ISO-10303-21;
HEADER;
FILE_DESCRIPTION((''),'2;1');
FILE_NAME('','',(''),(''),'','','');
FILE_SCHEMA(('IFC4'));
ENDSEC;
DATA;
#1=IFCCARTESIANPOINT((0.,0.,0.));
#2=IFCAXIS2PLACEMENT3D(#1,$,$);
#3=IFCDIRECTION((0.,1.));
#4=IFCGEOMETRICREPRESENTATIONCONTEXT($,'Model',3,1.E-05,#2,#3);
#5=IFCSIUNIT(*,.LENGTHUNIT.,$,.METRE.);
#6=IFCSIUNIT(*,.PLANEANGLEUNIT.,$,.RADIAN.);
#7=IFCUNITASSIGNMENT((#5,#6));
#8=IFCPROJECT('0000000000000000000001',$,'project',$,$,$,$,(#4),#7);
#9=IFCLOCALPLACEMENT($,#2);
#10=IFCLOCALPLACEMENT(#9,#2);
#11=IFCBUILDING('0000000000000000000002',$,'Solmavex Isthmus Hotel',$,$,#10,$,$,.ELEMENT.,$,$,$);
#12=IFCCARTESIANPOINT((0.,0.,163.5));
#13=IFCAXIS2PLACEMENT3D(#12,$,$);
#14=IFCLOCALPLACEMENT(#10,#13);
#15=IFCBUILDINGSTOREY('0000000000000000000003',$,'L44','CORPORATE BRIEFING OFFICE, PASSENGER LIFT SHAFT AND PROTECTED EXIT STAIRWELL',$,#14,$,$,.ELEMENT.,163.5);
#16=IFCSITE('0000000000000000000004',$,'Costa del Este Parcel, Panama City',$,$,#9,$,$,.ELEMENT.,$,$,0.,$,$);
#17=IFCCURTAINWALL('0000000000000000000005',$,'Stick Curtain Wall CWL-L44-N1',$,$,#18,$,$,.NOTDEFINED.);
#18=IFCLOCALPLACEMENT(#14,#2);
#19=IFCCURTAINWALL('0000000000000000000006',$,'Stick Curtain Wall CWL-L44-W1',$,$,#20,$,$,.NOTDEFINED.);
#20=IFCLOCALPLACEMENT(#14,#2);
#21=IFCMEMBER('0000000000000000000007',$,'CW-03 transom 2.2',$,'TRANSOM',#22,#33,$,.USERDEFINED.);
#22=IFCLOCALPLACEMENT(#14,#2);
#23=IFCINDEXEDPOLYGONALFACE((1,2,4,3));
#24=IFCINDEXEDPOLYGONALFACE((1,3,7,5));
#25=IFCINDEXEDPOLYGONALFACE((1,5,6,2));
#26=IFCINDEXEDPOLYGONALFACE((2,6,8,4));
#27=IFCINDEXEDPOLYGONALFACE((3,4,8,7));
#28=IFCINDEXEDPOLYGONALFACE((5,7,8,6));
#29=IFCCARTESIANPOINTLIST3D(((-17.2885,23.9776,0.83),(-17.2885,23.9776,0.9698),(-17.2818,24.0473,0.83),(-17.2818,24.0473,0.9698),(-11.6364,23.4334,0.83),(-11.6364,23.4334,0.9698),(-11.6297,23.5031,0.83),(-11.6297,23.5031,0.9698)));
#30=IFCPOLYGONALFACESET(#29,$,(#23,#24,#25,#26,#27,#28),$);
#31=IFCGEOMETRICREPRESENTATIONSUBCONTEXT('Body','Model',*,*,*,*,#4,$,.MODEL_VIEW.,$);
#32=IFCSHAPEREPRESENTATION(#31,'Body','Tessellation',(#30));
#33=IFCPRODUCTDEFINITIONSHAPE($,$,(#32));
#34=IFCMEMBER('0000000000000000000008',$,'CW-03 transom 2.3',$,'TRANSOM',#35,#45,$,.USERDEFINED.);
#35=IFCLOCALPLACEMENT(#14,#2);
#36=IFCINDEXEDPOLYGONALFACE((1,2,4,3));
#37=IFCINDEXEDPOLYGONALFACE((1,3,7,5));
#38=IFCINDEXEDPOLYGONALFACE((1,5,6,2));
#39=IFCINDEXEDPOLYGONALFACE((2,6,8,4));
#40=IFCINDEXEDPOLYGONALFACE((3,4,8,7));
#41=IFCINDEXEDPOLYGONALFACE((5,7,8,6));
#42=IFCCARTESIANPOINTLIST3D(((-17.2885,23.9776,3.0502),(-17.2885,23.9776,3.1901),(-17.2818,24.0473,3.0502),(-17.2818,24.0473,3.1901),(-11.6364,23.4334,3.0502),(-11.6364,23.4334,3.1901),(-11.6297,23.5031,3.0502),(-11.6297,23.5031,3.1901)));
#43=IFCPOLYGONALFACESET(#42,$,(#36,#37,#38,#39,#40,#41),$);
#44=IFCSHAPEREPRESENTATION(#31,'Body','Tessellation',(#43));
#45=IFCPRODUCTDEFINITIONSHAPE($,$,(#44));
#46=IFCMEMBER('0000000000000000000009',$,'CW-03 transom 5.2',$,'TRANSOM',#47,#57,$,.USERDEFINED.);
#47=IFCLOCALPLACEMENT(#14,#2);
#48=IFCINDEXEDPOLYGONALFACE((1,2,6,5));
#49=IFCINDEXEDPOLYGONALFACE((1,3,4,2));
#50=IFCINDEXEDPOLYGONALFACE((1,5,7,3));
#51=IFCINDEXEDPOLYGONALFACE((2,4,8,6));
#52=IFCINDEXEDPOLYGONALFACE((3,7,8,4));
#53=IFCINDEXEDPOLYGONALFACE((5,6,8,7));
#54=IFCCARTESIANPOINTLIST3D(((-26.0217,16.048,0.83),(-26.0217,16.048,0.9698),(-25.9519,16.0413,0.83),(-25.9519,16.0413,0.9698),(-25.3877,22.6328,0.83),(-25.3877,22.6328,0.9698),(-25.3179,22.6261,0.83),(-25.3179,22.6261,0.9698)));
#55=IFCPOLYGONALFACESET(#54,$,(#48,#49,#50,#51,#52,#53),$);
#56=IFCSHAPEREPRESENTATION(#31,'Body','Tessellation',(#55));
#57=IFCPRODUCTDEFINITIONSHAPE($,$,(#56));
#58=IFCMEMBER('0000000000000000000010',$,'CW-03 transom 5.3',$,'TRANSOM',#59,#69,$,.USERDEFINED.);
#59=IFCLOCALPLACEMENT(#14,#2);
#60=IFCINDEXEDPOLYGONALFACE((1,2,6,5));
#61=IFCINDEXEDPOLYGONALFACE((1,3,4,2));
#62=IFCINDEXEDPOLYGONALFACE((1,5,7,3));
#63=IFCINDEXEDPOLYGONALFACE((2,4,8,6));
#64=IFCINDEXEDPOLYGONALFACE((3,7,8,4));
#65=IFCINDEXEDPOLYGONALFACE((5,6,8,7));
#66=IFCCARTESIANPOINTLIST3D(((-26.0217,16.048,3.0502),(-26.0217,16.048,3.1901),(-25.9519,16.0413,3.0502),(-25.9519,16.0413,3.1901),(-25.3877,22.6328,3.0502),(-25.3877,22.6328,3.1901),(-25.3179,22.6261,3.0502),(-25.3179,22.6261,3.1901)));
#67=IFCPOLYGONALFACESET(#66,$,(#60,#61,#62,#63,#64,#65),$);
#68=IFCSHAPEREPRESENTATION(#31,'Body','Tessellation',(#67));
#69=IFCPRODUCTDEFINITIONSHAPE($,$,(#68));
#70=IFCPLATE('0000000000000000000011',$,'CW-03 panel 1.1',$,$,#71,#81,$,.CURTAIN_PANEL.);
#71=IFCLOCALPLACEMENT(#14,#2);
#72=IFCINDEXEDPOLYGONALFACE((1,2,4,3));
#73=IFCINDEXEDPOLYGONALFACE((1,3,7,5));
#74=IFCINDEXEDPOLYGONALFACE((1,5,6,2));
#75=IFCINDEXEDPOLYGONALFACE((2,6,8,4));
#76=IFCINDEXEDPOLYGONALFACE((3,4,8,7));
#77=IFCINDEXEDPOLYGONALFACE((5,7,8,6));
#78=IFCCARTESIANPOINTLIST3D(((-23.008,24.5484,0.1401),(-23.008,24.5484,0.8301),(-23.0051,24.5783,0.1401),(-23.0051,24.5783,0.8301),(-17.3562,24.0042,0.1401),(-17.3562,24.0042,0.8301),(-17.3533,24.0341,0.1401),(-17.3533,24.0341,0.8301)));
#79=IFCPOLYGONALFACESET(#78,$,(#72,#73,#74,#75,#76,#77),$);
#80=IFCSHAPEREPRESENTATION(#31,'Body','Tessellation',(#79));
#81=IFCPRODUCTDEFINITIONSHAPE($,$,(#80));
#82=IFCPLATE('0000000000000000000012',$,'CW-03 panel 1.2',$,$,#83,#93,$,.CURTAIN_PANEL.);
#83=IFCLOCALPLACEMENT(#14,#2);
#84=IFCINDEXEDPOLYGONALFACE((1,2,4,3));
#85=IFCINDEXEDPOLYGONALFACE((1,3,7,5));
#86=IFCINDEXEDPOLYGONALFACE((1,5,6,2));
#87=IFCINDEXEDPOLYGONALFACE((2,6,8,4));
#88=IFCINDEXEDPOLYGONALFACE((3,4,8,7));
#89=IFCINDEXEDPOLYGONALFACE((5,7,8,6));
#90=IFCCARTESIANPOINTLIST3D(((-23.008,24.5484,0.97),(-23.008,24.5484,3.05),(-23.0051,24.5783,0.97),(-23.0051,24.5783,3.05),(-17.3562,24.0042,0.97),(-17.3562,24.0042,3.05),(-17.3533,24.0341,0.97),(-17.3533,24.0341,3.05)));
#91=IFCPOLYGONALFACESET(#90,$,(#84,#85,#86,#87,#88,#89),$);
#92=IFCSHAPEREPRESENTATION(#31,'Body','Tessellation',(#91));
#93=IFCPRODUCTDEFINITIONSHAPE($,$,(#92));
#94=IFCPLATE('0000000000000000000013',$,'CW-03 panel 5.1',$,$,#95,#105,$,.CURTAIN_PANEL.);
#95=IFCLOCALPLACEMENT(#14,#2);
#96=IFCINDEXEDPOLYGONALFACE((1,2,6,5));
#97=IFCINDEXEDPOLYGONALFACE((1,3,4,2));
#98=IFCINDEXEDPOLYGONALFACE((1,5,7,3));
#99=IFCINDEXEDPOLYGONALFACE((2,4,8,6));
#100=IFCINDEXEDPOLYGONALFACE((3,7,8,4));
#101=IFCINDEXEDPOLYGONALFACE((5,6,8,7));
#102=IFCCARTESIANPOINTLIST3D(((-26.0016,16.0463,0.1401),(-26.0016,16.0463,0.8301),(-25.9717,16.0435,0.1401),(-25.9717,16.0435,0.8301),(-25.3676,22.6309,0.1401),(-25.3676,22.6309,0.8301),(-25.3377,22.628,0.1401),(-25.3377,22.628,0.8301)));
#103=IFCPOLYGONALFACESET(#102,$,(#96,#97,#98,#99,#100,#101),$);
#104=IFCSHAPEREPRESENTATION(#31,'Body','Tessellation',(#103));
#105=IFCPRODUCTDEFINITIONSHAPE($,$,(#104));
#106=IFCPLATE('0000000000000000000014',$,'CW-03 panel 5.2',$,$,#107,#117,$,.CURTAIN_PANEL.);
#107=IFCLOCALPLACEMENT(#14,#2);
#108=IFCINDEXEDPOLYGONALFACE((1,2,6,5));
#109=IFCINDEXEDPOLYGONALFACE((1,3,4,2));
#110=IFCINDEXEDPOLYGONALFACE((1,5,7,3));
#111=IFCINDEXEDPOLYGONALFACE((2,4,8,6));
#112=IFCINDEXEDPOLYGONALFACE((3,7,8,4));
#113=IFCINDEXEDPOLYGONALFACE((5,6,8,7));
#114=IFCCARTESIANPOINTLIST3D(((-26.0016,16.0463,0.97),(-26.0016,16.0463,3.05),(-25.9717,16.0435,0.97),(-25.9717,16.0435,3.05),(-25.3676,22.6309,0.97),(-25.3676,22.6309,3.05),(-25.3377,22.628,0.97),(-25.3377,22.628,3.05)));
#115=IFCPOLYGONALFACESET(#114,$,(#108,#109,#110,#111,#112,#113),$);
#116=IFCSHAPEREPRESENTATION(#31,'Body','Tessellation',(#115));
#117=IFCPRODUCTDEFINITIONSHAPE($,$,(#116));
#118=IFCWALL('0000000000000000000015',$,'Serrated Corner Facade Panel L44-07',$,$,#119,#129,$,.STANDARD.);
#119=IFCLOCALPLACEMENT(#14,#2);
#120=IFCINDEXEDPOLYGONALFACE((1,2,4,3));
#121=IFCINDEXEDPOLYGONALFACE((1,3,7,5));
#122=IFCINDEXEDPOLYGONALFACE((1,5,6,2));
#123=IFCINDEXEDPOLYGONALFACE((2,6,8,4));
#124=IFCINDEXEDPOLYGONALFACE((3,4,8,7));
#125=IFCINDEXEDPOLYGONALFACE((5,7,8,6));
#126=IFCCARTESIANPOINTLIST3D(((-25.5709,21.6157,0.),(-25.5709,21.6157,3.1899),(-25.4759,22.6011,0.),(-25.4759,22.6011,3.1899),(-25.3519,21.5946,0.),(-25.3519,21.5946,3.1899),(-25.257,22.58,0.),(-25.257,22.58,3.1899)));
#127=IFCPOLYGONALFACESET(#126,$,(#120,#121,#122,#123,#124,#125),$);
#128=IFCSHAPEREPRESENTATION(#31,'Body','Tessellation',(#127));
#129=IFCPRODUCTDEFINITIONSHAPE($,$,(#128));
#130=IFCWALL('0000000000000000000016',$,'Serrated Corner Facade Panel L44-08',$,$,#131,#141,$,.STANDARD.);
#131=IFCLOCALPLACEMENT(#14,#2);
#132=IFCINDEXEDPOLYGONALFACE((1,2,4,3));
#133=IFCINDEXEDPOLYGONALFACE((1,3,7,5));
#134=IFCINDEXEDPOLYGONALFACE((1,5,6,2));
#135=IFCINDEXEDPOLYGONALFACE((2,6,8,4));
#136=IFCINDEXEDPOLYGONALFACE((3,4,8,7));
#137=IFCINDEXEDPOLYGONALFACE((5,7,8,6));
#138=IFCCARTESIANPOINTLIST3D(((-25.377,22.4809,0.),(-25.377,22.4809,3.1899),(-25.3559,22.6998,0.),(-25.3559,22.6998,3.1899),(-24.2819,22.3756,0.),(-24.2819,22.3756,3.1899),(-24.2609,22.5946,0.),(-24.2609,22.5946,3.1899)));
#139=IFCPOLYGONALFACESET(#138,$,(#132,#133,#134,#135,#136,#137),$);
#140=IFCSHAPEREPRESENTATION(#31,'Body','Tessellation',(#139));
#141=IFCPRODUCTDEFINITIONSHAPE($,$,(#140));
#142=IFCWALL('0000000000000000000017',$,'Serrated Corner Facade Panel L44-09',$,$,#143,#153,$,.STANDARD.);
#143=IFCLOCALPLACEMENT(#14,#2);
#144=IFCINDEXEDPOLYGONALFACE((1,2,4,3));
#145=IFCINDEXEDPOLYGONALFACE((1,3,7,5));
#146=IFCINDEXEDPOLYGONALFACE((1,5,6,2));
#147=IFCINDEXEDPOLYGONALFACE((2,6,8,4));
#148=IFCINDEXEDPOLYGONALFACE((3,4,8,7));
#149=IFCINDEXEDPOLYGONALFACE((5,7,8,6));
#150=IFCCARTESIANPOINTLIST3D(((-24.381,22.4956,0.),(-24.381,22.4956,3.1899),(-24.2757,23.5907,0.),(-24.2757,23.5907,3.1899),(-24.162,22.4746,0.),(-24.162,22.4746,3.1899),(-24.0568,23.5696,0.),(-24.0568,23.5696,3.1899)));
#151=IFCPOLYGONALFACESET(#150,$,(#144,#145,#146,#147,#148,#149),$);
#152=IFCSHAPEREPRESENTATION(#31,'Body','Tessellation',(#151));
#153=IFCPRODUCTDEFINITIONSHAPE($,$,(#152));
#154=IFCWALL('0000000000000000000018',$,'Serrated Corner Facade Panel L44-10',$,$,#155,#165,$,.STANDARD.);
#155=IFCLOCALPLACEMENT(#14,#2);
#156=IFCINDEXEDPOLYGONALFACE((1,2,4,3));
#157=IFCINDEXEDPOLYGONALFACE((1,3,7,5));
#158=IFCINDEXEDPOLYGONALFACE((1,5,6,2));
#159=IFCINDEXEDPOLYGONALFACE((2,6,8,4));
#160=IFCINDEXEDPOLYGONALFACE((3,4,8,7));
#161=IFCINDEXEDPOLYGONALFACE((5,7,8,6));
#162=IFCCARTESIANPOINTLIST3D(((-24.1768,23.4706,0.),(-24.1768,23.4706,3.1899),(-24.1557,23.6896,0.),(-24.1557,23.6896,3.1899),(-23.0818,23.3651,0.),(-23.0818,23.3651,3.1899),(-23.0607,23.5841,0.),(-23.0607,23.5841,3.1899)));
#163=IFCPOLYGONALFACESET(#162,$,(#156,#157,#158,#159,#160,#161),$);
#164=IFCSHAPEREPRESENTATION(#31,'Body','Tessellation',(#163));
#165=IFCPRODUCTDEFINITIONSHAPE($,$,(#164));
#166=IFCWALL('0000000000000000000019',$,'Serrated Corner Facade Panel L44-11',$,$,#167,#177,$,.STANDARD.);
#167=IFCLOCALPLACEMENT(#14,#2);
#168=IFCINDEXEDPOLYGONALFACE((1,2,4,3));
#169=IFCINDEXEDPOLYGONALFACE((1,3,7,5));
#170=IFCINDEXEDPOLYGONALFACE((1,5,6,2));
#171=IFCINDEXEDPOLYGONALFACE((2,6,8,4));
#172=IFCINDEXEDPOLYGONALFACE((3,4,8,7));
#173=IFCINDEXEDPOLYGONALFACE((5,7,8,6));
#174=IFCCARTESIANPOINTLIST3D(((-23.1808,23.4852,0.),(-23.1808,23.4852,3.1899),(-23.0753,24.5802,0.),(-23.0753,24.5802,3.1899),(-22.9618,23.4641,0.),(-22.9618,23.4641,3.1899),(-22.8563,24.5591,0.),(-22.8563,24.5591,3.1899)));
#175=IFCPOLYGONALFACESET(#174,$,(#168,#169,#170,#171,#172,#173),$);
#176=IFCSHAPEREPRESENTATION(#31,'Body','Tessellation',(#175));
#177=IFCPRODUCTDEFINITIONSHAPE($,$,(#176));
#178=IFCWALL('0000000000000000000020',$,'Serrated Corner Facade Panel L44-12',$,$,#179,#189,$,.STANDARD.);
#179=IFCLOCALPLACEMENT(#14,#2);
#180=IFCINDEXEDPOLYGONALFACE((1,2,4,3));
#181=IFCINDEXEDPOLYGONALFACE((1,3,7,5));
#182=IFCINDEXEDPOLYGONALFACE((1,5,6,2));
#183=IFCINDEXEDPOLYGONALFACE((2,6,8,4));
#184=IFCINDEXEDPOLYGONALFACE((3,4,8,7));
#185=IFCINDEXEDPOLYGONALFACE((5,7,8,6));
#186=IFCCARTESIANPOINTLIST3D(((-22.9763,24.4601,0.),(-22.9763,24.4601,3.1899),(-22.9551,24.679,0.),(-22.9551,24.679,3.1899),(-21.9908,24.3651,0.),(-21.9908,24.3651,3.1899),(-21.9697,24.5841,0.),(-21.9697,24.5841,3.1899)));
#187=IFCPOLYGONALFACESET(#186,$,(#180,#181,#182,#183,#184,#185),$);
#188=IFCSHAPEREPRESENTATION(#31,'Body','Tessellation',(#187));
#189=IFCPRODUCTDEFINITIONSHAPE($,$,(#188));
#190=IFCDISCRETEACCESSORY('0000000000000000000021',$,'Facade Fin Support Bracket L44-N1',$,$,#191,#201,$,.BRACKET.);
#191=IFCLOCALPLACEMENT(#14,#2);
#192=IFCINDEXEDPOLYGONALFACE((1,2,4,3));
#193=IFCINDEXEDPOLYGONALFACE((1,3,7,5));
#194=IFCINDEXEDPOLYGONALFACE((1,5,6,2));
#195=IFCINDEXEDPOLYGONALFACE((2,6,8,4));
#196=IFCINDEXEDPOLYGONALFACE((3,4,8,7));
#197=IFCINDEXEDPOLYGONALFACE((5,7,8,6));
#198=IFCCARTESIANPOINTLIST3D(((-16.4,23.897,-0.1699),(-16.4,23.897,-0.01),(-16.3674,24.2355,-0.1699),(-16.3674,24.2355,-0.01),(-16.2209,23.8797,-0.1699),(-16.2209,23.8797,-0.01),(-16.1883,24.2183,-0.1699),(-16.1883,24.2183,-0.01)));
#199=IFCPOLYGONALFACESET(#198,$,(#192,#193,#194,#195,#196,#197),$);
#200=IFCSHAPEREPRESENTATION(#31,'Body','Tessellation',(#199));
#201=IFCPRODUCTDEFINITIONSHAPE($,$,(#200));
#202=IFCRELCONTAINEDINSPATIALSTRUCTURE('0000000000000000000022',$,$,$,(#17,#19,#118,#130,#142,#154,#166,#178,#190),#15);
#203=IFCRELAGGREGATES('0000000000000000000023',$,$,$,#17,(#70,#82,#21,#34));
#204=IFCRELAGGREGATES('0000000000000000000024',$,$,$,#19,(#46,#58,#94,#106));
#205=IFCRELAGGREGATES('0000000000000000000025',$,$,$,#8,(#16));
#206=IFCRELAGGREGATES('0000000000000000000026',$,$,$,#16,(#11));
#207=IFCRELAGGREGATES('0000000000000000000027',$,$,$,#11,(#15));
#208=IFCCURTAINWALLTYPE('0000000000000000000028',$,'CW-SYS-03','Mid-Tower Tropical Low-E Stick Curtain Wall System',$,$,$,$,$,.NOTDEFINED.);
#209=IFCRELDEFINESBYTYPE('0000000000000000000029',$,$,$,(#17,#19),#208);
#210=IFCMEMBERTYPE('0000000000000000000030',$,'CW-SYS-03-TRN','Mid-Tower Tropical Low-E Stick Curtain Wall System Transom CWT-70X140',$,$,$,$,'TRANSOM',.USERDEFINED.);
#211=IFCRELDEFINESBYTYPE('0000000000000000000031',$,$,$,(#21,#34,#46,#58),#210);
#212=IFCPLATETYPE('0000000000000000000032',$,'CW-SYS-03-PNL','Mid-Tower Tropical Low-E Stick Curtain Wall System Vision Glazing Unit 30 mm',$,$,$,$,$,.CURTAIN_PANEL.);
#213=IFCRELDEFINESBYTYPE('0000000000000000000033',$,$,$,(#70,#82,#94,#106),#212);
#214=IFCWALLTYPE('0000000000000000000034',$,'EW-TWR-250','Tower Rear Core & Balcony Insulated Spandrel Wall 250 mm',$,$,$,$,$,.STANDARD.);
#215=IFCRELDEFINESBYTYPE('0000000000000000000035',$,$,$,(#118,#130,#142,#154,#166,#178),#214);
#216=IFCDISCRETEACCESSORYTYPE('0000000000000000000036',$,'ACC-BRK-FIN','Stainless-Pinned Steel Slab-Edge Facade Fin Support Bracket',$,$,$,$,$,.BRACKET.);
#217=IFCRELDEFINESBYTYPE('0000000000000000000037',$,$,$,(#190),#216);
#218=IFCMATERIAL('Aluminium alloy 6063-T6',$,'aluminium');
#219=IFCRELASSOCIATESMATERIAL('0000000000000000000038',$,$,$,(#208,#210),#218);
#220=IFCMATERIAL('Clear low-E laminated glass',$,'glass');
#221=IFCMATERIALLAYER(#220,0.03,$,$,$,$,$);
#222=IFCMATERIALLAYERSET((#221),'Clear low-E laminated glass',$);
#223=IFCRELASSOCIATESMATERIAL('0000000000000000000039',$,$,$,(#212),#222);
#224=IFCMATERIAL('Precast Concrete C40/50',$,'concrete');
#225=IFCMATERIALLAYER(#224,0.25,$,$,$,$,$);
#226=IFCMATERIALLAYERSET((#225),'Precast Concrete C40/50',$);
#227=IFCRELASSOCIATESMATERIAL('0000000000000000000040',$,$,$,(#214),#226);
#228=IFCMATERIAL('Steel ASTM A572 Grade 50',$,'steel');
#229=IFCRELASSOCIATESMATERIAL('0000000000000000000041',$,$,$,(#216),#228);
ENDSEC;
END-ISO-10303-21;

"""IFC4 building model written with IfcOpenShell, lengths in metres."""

from ifc_helpers import new_model, si_unit, direction, frame, frame_2d, origin, origin_2d, place, context, subcontext, project, spatial, rectangle, extrude, material, layer, layer_set, material_profile, profile_set, type_object, element, aggregate, save


model = new_model("IFC4")

# Units and contexts
model_context = context("Model", 3, precision=1e-05, world=origin(), true_north=direction((0.0, 1.0)))
body_context = subcontext(model_context, "Body", "Model", "MODEL_VIEW")
ifc_project = project(units=[si_unit("LENGTHUNIT", "METRE"), si_unit("PLANEANGLEUNIT", "RADIAN")], contexts=[model_context])

# Site, building, storey
site_placement = place(None, origin())
site = spatial("IfcSite", under=ifc_project, at=site_placement, Name="Costa del Este Parcel, Panama City", CompositionType="ELEMENT", RefElevation=0.0)
building_placement = place(site_placement, origin())
building = spatial("IfcBuilding", under=site, at=building_placement, Name="Solmavex Isthmus Hotel", CompositionType="ELEMENT")
storey_placement = place(building_placement, frame((0.0, 0.0, 163.5)))
storey = spatial("IfcBuildingStorey", under=building, at=storey_placement, Name="L44", Description="CORPORATE BRIEFING OFFICE, PASSENGER LIFT SHAFT AND PROTECTED EXIT STAIRWELL", CompositionType="ELEMENT", Elevation=163.5)

# Curtain wall
ifc_material_1 = material(Name="Aluminium alloy 6063-T6", Category="aluminium")
curtain_wall_type = type_object("IfcCurtainWallType", Name="CW-SYS-03", Description="Mid-Tower Tropical Low-E Stick Curtain Wall System", PredefinedType="NOTDEFINED", material=ifc_material_1)
curtain_wall_1_placement = place(storey_placement, origin())
curtain_wall_1 = element("IfcCurtainWall", 1, at=curtain_wall_1_placement, inside=storey, type_object=curtain_wall_type, Name="Stick Curtain Wall CWL-L44-N1", PredefinedType="NOTDEFINED")

# Curtain wall
curtain_wall_2_placement = place(storey_placement, origin())
curtain_wall_2 = element("IfcCurtainWall", 2, at=curtain_wall_2_placement, inside=storey, type_object=curtain_wall_type, Name="Stick Curtain Wall CWL-L44-W1", PredefinedType="NOTDEFINED")

# Members
ifc_material_profile_1 = material_profile(ifc_material_1, rectangle(XDim=0.0701, YDim=0.1399, at=origin_2d()), Name="CWT-70X140")
ifc_profile_set_1 = profile_set([ifc_material_profile_1], Name="Aluminium alloy 6063-T6")
member_type_1 = type_object("IfcMemberType", Name="CW-SYS-03-TRN", Description="Mid-Tower Tropical Low-E Stick Curtain Wall System Transom CWT-70X140", ElementType="TRANSOM", PredefinedType="USERDEFINED", material=ifc_profile_set_1)
member_1_placement = place(storey_placement, frame((-17.2852, 24.0125, 0.8999), z_axis=(0.995397, -0.095838, 0.0), x_axis=(0.095838, 0.995397, 0.0)))
member_1 = element("IfcMember", 3, at=member_1_placement, type_object=member_type_1, Name="CW-03 transom 2.2", ObjectType="TRANSOM", PredefinedType="USERDEFINED", context=body_context, shape_type="SweptSolid", body=[
    extrude(rectangle(XDim=0.0701, YDim=0.1399, at=origin_2d()), origin(), (0.0, 0.0, 1.0), 5.6782),
])
member_2_placement = place(storey_placement, frame((-17.2852, 24.0125, 3.1201), z_axis=(0.995397, -0.095838, 0.0), x_axis=(0.095838, 0.995397, 0.0)))
member_2 = element("IfcMember", 4, at=member_2_placement, type_object=member_type_1, Name="CW-03 transom 2.3", ObjectType="TRANSOM", PredefinedType="USERDEFINED", context=body_context, shape_type="SweptSolid", body=[
    extrude(rectangle(XDim=0.0701, YDim=0.1399, at=origin_2d()), origin(), (0.0, 0.0, 1.0), 5.6782),
])
member_3_placement = place(storey_placement, frame((-25.9868, 16.0447, 0.8999), z_axis=(0.095845, 0.995396, 0.0), x_axis=(-0.995396, 0.095845, 0.0)))
member_3 = element("IfcMember", 5, at=member_3_placement, type_object=member_type_1, Name="CW-03 transom 5.2", ObjectType="TRANSOM", PredefinedType="USERDEFINED", context=body_context, shape_type="SweptSolid", body=[
    extrude(rectangle(XDim=0.0701, YDim=0.1399, at=origin_2d()), origin(), (0.0, 0.0, 1.0), 6.6152),
])
member_4_placement = place(storey_placement, frame((-25.9868, 16.0447, 3.1201), z_axis=(0.095845, 0.995396, 0.0), x_axis=(-0.995396, 0.095845, 0.0)))
member_4 = element("IfcMember", 6, at=member_4_placement, type_object=member_type_1, Name="CW-03 transom 5.3", ObjectType="TRANSOM", PredefinedType="USERDEFINED", context=body_context, shape_type="SweptSolid", body=[
    extrude(rectangle(XDim=0.0701, YDim=0.1399, at=origin_2d()), origin(), (0.0, 0.0, 1.0), 6.6152),
])

# Plates
ifc_material_2 = material(Name="Clear low-E laminated glass", Category="glass")
ifc_layer_1 = layer(ifc_material_2, 0.03)
ifc_layer_set_1 = layer_set([ifc_layer_1], Name="Clear low-E laminated glass")
plate_type = type_object("IfcPlateType", Name="CW-SYS-03-PNL", Description="Mid-Tower Tropical Low-E Stick Curtain Wall System Vision Glazing Unit 30 mm", PredefinedType="CURTAIN_PANEL", material=ifc_layer_set_1)
plate_1_placement = place(storey_placement, frame((-20.1807, 24.2913, 0.1401), z_axis=(0.0, 0.0, 1.0), x_axis=(0.995396, -0.095846, 0.0)))
plate_1 = element("IfcPlate", 7, at=plate_1_placement, type_object=plate_type, Name="CW-03 panel 1.1", PredefinedType="CURTAIN_PANEL", context=body_context, shape_type="SweptSolid", body=[
    extrude(rectangle(XDim=5.678, YDim=0.03, at=origin_2d()), origin(), (0.0, 0.0, 1.0), 0.6899),
])
plate_2_placement = place(storey_placement, frame((-20.1807, 24.2913, 0.97), z_axis=(0.0, 0.0, 1.0), x_axis=(0.995396, -0.095846, 0.0)))
plate_2 = element("IfcPlate", 8, at=plate_2_placement, type_object=plate_type, Name="CW-03 panel 1.2", PredefinedType="CURTAIN_PANEL", context=body_context, shape_type="SweptSolid", body=[
    extrude(rectangle(XDim=5.678, YDim=0.03, at=origin_2d()), origin(), (0.0, 0.0, 1.0), 2.0801),
])
aggregate(curtain_wall_1, [plate_1, plate_2, member_1, member_2])
plate_3_placement = place(storey_placement, frame((-25.6697, 19.3372, 0.1401), z_axis=(0.0, 0.0, 1.0), x_axis=(0.095846, 0.995396, 0.0)))
plate_3 = element("IfcPlate", 9, at=plate_3_placement, type_object=plate_type, Name="CW-03 panel 5.1", PredefinedType="CURTAIN_PANEL", context=body_context, shape_type="SweptSolid", body=[
    extrude(rectangle(XDim=6.615, YDim=0.03, at=origin_2d()), origin(), (0.0, 0.0, 1.0), 0.6899),
])
plate_4_placement = place(storey_placement, frame((-25.6697, 19.3372, 0.97), z_axis=(0.0, 0.0, 1.0), x_axis=(0.095846, 0.995396, 0.0)))
plate_4 = element("IfcPlate", 10, at=plate_4_placement, type_object=plate_type, Name="CW-03 panel 5.2", PredefinedType="CURTAIN_PANEL", context=body_context, shape_type="SweptSolid", body=[
    extrude(rectangle(XDim=6.615, YDim=0.03, at=origin_2d()), origin(), (0.0, 0.0, 1.0), 2.0801),
])
aggregate(curtain_wall_2, [member_3, member_4, plate_3, plate_4])

# Walls
ifc_material_3 = material(Name="Precast Concrete C40/50", Category="concrete")
ifc_layer_2 = layer(ifc_material_3, 0.25)
ifc_layer_set_2 = layer_set([ifc_layer_2], Name="Precast Concrete C40/50")
wall_type = type_object("IfcWallType", Name="EW-TWR-250", Description="Tower Rear Core & Balcony Insulated Spandrel Wall 250 mm", PredefinedType="STANDARD", material=ifc_layer_set_2)
wall_1_placement = place(storey_placement, frame((-25.4614, 21.605, 0.0), z_axis=(0.0, 0.0, 1.0), x_axis=(0.095938, 0.995387, 0.0)))
element("IfcWall", 11, at=wall_1_placement, inside=storey, type_object=wall_type, Name="Serrated Corner Facade Panel L44-07", PredefinedType="STANDARD", context=body_context, shape_type="SweptSolid", body=[
    extrude(rectangle(XDim=0.99, YDim=0.22, at=frame_2d((0.4951, 0.0))), origin(), (0.0, 0.0, 1.0), 3.1899),
])
for number, where, z_axis, x_axis, name in (
    (12, (-25.3665, 22.5903, 0.0), (0.0, 0.0, 1.0), (0.995414, -0.095657, 0.0), "Serrated Corner Facade Panel L44-08"),
    (13, (-24.2715, 22.4851, 0.0), (0.0, 0.0, 1.0), (0.095657, 0.995414, 0.0), "Serrated Corner Facade Panel L44-09"),
    (14, (-24.1663, 23.5801, 0.0), (0.0, 0.0, 1.0), (0.995393, -0.095877, 0.0), "Serrated Corner Facade Panel L44-10"),
    (15, (-23.0713, 23.4746, 0.0), (0.0, 0.0, 1.0), (0.095877, 0.995393, 0.0), "Serrated Corner Facade Panel L44-11"),
):
    element("IfcWall", number, at=place(storey_placement, frame(where, z_axis=z_axis, x_axis=x_axis)), inside=storey, type_object=wall_type, Name=name, PredefinedType="STANDARD", context=body_context, shape_type="SweptSolid", body=[
        extrude(rectangle(XDim=1.1001, YDim=0.22, at=frame_2d((0.55, 0.0))), origin(), (0.0, 0.0, 1.0), 3.1899),
    ])
wall_2_placement = place(storey_placement, frame((-22.9658, 24.5696, 0.0), z_axis=(0.0, 0.0, 1.0), x_axis=(0.995387, -0.095938, 0.0)))
element("IfcWall", 16, at=wall_2_placement, inside=storey, type_object=wall_type, Name="Serrated Corner Facade Panel L44-12", PredefinedType="STANDARD", context=body_context, shape_type="SweptSolid", body=[
    extrude(rectangle(XDim=0.99, YDim=0.22, at=frame_2d((0.4951, 0.0))), origin(), (0.0, 0.0, 1.0), 3.1899),
])

# Discrete accessory
ifc_material_4 = material(Name="Steel ASTM A572 Grade 50", Category="steel")
discrete_accessory_type = type_object("IfcDiscreteAccessoryType", Name="ACC-BRK-FIN", Description="Stainless-Pinned Steel Slab-Edge Facade Fin Support Bracket", PredefinedType="BRACKET", material=ifc_material_4)
discrete_accessory_placement = place(storey_placement, frame((-16.2942, 24.0576, -0.1699), z_axis=(0.0, 0.0, 1.0), x_axis=(0.095846, 0.995396, 0.0)))
element("IfcDiscreteAccessory", 17, at=discrete_accessory_placement, inside=storey, type_object=discrete_accessory_type, Name="Facade Fin Support Bracket L44-N1", PredefinedType="BRACKET", context=body_context, shape_type="SweptSolid", body=[
    extrude(rectangle(XDim=0.3401, YDim=0.1799, at=origin_2d()), origin(), (0.0, 0.0, 1.0), 0.1599),
])

save(model, "model.ifc")
